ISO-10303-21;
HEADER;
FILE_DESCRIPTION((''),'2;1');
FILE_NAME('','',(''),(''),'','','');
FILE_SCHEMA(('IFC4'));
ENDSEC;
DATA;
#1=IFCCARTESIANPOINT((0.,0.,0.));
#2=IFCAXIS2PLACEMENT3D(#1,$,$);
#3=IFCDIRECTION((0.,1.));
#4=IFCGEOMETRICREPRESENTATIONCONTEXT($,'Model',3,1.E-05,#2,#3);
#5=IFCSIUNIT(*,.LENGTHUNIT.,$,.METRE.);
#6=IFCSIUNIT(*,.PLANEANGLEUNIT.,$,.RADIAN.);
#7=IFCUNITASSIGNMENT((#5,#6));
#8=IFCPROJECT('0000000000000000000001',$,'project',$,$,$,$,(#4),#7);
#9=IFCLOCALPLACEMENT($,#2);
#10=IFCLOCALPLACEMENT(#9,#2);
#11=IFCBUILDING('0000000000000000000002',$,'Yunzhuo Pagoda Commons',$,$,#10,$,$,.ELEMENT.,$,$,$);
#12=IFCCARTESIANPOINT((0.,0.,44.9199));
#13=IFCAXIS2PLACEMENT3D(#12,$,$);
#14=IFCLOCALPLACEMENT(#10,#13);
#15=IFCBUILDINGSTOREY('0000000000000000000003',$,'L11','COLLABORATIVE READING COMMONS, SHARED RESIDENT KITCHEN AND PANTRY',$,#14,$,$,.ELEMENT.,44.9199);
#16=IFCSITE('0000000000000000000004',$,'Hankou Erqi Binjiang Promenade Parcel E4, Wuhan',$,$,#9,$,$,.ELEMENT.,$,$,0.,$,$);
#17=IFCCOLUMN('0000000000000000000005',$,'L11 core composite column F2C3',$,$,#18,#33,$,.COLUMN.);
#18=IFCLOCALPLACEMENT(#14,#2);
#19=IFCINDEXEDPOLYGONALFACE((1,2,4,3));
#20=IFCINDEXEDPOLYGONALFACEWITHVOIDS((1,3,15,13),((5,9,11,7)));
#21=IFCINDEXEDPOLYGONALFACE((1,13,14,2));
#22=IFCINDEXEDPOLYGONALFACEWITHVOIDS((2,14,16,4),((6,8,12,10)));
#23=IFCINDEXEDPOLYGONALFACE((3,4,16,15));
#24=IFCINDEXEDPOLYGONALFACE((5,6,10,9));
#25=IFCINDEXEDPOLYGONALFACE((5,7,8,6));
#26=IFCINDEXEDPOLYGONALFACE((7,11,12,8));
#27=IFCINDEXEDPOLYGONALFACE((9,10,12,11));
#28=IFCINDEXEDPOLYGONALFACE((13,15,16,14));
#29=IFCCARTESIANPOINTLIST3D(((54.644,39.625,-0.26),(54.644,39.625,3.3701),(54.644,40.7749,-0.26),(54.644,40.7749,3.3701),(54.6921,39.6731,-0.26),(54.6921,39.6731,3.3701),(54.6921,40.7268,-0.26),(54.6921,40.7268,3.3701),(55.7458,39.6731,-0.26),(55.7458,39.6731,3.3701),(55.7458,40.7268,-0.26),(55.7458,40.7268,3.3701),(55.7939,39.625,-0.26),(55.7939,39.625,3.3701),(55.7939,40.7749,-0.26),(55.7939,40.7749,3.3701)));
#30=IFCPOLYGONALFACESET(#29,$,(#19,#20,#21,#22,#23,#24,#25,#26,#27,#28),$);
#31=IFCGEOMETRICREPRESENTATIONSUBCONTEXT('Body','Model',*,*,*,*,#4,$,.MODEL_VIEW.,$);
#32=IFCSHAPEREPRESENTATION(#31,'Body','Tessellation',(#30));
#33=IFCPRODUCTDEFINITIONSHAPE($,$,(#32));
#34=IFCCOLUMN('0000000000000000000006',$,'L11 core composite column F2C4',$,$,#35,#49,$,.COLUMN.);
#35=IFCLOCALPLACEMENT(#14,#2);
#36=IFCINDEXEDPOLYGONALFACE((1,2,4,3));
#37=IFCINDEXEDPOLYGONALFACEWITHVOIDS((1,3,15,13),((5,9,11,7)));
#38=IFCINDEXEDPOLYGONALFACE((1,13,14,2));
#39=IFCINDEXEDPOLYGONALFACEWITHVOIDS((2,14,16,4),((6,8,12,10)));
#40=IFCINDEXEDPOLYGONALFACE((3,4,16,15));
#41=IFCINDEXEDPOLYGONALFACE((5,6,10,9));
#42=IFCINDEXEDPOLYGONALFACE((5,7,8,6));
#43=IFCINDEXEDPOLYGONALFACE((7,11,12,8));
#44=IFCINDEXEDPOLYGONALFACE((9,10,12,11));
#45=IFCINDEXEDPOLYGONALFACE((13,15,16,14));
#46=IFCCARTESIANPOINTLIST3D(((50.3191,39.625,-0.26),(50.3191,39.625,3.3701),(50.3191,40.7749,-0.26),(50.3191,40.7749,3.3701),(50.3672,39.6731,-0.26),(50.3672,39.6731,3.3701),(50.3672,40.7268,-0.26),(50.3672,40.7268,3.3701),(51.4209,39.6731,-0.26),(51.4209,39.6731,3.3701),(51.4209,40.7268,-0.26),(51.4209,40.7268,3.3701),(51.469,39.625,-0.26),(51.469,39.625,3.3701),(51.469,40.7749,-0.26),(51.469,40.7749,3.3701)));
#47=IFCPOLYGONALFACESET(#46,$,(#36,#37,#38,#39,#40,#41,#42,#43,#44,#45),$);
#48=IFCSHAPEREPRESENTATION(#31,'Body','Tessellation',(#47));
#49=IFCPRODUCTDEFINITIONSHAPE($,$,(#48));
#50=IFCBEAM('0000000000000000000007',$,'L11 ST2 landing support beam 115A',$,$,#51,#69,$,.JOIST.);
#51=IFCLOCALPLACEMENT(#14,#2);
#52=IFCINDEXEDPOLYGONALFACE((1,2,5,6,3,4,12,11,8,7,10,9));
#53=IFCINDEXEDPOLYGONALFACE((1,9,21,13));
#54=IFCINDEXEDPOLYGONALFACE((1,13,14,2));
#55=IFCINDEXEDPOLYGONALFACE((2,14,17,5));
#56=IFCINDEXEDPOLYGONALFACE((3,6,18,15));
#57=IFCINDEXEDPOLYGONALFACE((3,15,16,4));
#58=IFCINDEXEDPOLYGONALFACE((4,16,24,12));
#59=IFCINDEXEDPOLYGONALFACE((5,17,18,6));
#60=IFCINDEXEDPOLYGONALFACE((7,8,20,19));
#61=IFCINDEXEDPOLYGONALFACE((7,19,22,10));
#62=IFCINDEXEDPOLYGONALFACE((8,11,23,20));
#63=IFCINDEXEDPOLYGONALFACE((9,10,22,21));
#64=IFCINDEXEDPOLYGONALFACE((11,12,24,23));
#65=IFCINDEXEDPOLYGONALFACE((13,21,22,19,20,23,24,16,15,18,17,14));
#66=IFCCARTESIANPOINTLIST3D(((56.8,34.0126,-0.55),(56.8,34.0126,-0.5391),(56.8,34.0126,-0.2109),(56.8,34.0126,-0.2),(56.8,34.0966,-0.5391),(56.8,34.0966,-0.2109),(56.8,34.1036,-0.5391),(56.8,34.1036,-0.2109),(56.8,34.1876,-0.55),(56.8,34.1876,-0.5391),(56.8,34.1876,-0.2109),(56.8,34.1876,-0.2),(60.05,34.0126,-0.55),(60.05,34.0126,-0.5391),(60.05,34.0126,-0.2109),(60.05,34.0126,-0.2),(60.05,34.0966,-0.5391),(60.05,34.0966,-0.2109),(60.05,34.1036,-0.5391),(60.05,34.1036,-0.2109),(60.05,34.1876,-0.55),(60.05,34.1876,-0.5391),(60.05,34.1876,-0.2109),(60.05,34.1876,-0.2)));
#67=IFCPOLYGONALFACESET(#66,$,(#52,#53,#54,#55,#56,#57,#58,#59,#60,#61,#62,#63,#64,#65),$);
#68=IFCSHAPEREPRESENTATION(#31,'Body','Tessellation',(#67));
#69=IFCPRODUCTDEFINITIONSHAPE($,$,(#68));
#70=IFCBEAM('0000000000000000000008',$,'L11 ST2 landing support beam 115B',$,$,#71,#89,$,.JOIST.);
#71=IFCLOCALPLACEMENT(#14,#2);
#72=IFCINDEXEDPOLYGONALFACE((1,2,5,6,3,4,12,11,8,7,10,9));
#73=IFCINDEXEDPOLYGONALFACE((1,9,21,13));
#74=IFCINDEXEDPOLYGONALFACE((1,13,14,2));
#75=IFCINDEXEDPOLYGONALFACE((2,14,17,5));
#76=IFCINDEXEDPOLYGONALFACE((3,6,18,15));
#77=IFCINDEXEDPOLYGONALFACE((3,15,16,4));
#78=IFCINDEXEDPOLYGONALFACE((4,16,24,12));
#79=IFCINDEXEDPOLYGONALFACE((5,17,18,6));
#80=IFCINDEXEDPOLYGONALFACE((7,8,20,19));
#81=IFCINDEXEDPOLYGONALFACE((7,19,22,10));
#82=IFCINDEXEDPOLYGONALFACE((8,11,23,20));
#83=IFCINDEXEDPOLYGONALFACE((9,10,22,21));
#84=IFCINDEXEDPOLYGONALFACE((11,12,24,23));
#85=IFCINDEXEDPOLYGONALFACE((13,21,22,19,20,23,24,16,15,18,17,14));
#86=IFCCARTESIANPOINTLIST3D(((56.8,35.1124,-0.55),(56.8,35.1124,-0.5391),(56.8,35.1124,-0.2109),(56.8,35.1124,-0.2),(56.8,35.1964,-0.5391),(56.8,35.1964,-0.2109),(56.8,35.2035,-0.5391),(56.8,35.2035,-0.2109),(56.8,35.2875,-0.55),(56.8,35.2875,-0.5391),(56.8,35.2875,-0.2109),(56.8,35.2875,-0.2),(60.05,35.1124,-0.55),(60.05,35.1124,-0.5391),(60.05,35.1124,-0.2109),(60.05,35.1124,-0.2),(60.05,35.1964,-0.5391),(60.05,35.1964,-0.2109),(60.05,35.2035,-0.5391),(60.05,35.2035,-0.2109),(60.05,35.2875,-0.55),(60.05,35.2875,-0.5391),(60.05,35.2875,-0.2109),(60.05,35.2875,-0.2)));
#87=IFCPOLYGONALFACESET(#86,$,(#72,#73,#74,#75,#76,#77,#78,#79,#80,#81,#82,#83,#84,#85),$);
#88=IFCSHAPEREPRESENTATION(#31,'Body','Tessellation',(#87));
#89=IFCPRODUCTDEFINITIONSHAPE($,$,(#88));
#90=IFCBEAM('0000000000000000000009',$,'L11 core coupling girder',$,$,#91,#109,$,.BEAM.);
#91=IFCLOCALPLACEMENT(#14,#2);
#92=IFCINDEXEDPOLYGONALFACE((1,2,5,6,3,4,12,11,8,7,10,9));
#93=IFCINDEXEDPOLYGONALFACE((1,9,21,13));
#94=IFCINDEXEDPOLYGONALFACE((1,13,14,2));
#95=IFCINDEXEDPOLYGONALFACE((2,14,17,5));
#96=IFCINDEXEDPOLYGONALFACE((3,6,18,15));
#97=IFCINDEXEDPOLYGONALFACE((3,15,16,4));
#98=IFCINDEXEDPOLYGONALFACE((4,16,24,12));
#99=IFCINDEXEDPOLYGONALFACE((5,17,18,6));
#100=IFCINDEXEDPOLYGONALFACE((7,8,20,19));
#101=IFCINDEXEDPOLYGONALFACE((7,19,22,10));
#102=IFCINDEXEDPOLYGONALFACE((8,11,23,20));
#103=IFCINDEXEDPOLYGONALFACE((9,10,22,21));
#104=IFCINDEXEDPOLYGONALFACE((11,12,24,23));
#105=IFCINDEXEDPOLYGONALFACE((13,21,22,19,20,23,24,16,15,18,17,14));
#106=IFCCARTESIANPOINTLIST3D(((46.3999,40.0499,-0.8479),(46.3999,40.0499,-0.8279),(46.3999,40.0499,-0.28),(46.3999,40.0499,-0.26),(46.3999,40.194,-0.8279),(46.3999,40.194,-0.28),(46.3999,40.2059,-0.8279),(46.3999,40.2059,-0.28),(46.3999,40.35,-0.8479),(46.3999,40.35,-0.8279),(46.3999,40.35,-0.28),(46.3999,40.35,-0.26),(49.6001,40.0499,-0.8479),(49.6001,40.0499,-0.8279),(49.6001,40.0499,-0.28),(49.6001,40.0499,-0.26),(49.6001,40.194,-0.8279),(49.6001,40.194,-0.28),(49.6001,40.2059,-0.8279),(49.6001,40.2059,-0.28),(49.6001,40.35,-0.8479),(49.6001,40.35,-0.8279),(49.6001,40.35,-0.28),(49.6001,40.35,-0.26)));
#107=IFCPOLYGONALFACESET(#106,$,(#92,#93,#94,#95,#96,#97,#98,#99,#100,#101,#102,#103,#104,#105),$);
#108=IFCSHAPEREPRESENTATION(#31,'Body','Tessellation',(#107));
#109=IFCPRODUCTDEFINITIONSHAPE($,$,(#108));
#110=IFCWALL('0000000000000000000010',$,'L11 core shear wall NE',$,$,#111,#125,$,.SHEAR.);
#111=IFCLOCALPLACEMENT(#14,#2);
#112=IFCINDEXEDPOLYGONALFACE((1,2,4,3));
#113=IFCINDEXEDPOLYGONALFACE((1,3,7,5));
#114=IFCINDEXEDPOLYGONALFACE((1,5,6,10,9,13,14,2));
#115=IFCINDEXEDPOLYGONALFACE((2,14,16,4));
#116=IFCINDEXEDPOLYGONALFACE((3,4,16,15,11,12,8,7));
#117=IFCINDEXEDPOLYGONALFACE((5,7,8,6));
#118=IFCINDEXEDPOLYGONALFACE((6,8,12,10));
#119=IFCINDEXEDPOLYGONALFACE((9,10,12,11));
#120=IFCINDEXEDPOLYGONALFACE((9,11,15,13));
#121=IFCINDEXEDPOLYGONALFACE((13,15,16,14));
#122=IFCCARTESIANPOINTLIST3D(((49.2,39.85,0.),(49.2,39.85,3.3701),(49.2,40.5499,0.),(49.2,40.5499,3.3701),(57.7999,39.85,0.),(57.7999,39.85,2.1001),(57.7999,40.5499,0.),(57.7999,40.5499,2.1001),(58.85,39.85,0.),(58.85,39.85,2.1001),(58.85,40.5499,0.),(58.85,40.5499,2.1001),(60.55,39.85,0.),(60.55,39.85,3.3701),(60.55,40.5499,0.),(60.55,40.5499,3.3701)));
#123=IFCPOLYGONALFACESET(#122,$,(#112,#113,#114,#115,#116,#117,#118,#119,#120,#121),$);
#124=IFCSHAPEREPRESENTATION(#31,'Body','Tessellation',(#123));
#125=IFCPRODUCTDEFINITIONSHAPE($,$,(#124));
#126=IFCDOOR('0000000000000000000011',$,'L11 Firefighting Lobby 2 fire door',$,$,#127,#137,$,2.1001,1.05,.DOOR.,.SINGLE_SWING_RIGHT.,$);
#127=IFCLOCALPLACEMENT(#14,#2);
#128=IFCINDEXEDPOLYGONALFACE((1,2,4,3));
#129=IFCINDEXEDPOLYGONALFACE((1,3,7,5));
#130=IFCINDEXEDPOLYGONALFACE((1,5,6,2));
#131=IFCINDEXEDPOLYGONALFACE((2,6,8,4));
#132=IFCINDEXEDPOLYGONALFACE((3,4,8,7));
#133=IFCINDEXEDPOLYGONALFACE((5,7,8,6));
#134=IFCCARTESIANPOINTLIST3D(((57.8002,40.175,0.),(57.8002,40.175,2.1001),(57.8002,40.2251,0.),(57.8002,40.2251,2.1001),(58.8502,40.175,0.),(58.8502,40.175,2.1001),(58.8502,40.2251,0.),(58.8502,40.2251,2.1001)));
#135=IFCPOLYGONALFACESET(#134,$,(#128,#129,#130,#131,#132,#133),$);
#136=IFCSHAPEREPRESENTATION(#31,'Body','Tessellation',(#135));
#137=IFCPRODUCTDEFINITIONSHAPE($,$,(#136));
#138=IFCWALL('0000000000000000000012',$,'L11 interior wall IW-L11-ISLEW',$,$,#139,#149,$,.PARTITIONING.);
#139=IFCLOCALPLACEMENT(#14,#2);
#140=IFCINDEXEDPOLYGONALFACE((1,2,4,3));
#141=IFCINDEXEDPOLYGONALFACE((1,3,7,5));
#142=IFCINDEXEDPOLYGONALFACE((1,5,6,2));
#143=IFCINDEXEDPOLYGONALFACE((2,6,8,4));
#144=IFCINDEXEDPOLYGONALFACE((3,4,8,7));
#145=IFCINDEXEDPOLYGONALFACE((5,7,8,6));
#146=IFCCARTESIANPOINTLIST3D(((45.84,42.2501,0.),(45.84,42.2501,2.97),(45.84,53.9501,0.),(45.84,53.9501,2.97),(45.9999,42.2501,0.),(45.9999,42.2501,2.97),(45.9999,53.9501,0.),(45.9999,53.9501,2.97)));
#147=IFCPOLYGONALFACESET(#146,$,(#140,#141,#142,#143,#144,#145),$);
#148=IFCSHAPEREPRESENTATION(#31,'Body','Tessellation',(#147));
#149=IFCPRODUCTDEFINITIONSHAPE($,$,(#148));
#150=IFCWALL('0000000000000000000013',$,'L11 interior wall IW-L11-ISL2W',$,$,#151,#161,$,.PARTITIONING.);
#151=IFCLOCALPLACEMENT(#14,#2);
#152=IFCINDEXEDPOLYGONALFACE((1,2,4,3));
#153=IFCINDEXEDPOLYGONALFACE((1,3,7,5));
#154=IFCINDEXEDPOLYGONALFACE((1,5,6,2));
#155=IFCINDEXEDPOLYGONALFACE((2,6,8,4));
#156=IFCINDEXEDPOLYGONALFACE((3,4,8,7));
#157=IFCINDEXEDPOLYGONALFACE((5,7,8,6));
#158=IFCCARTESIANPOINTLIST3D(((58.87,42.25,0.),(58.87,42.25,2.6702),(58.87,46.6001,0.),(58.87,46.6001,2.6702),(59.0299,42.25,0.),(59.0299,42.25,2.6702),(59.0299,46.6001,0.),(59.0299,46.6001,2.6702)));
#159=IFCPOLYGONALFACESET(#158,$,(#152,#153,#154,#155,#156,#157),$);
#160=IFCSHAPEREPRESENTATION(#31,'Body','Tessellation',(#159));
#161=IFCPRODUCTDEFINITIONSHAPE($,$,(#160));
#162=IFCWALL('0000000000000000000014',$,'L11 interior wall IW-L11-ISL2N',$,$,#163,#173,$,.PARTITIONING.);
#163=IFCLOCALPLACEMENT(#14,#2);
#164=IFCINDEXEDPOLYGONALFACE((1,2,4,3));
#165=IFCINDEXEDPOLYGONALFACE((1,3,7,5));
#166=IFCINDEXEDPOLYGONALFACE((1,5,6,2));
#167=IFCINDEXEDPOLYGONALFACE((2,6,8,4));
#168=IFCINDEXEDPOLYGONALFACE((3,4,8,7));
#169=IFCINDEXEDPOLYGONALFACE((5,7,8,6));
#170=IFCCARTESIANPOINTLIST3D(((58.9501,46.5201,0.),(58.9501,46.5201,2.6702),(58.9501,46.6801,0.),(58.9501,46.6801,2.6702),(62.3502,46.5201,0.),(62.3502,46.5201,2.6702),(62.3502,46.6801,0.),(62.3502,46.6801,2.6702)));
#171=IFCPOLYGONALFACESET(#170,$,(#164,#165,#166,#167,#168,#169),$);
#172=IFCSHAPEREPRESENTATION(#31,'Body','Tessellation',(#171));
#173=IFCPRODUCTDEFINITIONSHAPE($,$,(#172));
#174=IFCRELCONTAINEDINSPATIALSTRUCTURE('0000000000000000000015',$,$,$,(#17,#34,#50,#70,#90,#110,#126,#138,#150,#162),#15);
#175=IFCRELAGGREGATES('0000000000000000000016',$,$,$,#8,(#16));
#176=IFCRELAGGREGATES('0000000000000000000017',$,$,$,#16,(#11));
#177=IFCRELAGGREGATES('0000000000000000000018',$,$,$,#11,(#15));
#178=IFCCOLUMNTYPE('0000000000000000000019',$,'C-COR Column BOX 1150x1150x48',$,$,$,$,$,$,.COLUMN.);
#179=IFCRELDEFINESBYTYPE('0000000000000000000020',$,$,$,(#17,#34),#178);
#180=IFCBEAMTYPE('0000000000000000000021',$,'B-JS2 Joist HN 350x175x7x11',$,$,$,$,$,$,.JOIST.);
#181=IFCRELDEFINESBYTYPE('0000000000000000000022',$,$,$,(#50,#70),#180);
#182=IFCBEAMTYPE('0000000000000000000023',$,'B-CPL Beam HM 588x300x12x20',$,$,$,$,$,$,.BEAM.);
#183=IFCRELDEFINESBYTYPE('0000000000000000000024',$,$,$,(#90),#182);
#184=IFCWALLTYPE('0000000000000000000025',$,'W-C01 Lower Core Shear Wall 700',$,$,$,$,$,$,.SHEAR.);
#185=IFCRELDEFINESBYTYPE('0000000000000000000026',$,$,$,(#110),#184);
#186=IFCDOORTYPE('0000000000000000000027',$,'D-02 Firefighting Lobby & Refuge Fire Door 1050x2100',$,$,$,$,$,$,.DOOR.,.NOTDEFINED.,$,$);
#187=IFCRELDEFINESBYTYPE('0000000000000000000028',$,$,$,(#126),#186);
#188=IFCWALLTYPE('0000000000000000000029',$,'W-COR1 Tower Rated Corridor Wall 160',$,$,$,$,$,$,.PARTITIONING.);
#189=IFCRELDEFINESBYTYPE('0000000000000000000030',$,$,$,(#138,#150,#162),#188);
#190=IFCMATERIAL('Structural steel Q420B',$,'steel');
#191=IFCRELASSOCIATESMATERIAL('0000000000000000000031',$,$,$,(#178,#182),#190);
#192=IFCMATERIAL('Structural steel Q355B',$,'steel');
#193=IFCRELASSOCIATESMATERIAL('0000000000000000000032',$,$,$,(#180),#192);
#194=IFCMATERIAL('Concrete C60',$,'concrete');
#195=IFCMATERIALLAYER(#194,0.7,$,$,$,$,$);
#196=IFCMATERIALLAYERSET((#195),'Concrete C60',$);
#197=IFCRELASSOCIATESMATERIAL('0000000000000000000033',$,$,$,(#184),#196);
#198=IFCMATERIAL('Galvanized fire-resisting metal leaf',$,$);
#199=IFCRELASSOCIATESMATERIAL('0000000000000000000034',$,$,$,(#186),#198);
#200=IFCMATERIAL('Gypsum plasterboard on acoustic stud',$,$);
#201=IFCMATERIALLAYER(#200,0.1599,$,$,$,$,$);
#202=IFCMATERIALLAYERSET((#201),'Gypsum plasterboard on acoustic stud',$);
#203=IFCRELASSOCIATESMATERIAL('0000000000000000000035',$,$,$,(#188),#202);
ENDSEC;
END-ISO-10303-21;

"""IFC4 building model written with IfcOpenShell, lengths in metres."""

from ifc_helpers import new_model, si_unit, direction, frame, frame_2d, origin, origin_2d, place, context, subcontext, project, spatial, rectangle, hollow_rectangle, i_section, extrude, source, transform, mapped, material, layer, layer_set, material_profile, profile_set, type_object, element, fill, save


model = new_model("IFC4")

# Units and contexts
model_context = context("Model", 3, precision=1e-05, world=origin(), true_north=direction((0.0, 1.0)))
body_context = subcontext(model_context, "Body", "Model", "MODEL_VIEW")
ifc_project = project(units=[si_unit("LENGTHUNIT", "METRE"), si_unit("PLANEANGLEUNIT", "RADIAN")], contexts=[model_context])

# Site, building, storey
site_placement = place(None, origin())
site = spatial("IfcSite", under=ifc_project, at=site_placement, Name="Hankou Erqi Binjiang Promenade Parcel E4, Wuhan", CompositionType="ELEMENT", RefElevation=0.0)
building_placement = place(site_placement, origin())
building = spatial("IfcBuilding", under=site, at=building_placement, Name="Yunzhuo Pagoda Commons", CompositionType="ELEMENT")
storey_placement = place(building_placement, frame((0.0, 0.0, 44.9199)))
storey = spatial("IfcBuildingStorey", under=building, at=storey_placement, Name="L11", Description="COLLABORATIVE READING COMMONS, SHARED RESIDENT KITCHEN AND PANTRY", CompositionType="ELEMENT", Elevation=44.9199)

# Columns
ifc_material_1 = material(Name="Structural steel Q420B", Category="steel")
ifc_material_profile_1 = material_profile(ifc_material_1, hollow_rectangle(XDim=1.1499, YDim=1.1499, WallThickness=0.0481, at=origin_2d()), Name="Structural steel Q420B")
ifc_profile_set_1 = profile_set([ifc_material_profile_1], Name="Structural steel Q420B")
column_type = type_object("IfcColumnType", Name="C-COR Column BOX 1150x1150x48", PredefinedType="COLUMN", material=ifc_profile_set_1)
shared_shape_1 = source(origin(), body_context, "Body", "SweptSolid", [
    extrude(hollow_rectangle(XDim=1.1499, YDim=1.1499, WallThickness=0.0481, at=origin_2d()), origin(), (0.0, 0.0, 1.0), 3.6301),
])
for number, where, z_axis, x_axis, name in (
    (1, (55.219, 40.2, -0.26), (0.0, 0.0, 1.0), (1.0, 0.0, 0.0), "L11 core composite column F2C3"),
    (2, (50.894, 40.2, -0.26), (0.0, 0.0, 1.0), (1.0, 0.0, 0.0), "L11 core composite column F2C4"),
):
    element("IfcColumn", number, at=place(storey_placement, frame(where, z_axis=z_axis, x_axis=x_axis)), inside=storey, type_object=column_type, Name=name, PredefinedType="COLUMN", context=body_context, shape_type="MappedRepresentation", body=[
        mapped(shared_shape_1, transform((0.0, 0.0, 0.0), scale=1.0)),
    ])

# Beams
ifc_material_2 = material(Name="Structural steel Q355B", Category="steel")
ifc_material_profile_2 = material_profile(ifc_material_2, i_section(OverallWidth=0.175, OverallDepth=0.3501, WebThickness=0.0071, FlangeThickness=0.011, at=origin_2d()), Name="Structural steel Q355B")
ifc_profile_set_2 = profile_set([ifc_material_profile_2], Name="Structural steel Q355B")
beam_type_1 = type_object("IfcBeamType", Name="B-JS2 Joist HN 350x175x7x11", PredefinedType="JOIST", material=ifc_profile_set_2)
shared_shape_2 = source(origin(), body_context, "Body", "SweptSolid", [
    extrude(i_section(OverallWidth=0.175, OverallDepth=0.3501, WebThickness=0.0071, FlangeThickness=0.011, at=origin_2d()), origin(), (0.0, 0.0, 1.0), 3.25),
])
for number, where, z_axis, x_axis, name in (
    (3, (56.8, 34.1001, -0.375), (1.0, 0.0, 0.0), (0.0, 1.0, 0.0), "L11 ST2 landing support beam 115A"),
    (4, (56.8, 35.2, -0.375), (1.0, 0.0, 0.0), (0.0, 1.0, 0.0), "L11 ST2 landing support beam 115B"),
):
    element("IfcBeam", number, at=place(storey_placement, frame(where, z_axis=z_axis, x_axis=x_axis)), inside=storey, type_object=beam_type_1, Name=name, PredefinedType="JOIST", context=body_context, shape_type="MappedRepresentation", body=[
        mapped(shared_shape_2, transform((0.0, 0.0, 0.0), scale=1.0)),
    ])
ifc_material_profile_3 = material_profile(ifc_material_1, i_section(OverallWidth=0.3, OverallDepth=0.5879, WebThickness=0.012, FlangeThickness=0.02, at=origin_2d()), Name="Structural steel Q420B")
ifc_profile_set_3 = profile_set([ifc_material_profile_3], Name="Structural steel Q420B")
beam_type_2 = type_object("IfcBeamType", Name="B-CPL Beam HM 588x300x12x20", PredefinedType="BEAM", material=ifc_profile_set_3)
shared_shape_3 = source(origin(), body_context, "Body", "SweptSolid", [
    extrude(i_section(OverallWidth=0.3, OverallDepth=0.5879, WebThickness=0.012, FlangeThickness=0.02, at=origin_2d()), origin(), (0.0, 0.0, 1.0), 3.2002),
])
beam_placement = place(storey_placement, frame((46.3999, 40.2, -0.554), z_axis=(1.0, 0.0, 0.0), x_axis=(0.0, 1.0, 0.0)))
element("IfcBeam", 5, at=beam_placement, inside=storey, type_object=beam_type_2, Name="L11 core coupling girder", PredefinedType="BEAM", context=body_context, shape_type="MappedRepresentation", body=[
    mapped(shared_shape_3, transform((0.0, 0.0, 0.0), scale=1.0)),
])

# Wall, opening, door
ifc_material_3 = material(Name="Concrete C60", Category="concrete")
ifc_layer_1 = layer(ifc_material_3, 0.7)
ifc_layer_set_1 = layer_set([ifc_layer_1], Name="Concrete C60")
wall_type_1 = type_object("IfcWallType", Name="W-C01 Lower Core Shear Wall 700", PredefinedType="SHEAR", material=ifc_layer_set_1)
wall_1_placement = place(storey_placement, frame((49.2, 40.2, 0.0), z_axis=(0.0, 0.0, 1.0), x_axis=(1.0, 0.0, 0.0)))
wall_1 = element("IfcWall", 6, at=wall_1_placement, inside=storey, type_object=wall_type_1, Name="L11 core shear wall NE", PredefinedType="SHEAR", context=body_context, shape_type="SweptSolid", body=[
    extrude(rectangle(XDim=11.3501, YDim=0.7, at=frame_2d((5.675, 0.0))), origin(), (0.0, 0.0, 1.0), 3.3701),
])
opening_1_placement = place(wall_1_placement, frame((8.6001, 0.0, 0.0)))
opening_1 = element("IfcOpeningElement", 7, at=opening_1_placement, cuts=wall_1, PredefinedType="OPENING", context=body_context, shape_type="SweptSolid", body=[
    extrude(rectangle(XDim=1.05, YDim=2.1001, at=frame_2d((0.5249, 1.05))), frame((0.0, 0.3599, 0.0), z_axis=(0.0, -1.0, 0.0), x_axis=(1.0, 0.0, 0.0)), (0.0, 0.0, 1.0), 0.72),
])
ifc_material_4 = material(Name="Galvanized fire-resisting metal leaf")
door_type_1 = type_object("IfcDoorType", Name="D-02 Firefighting Lobby & Refuge Fire Door 1050x2100", OperationType="NOTDEFINED", PredefinedType="DOOR", material=ifc_material_4)
shared_shape_4 = source(origin(), body_context, "Body", "SweptSolid", [
    extrude(rectangle(XDim=1.05, YDim=2.1001, at=frame_2d((0.5249, 1.05))), frame((0.0, 0.0249, 0.0), z_axis=(0.0, -1.0, 0.0), x_axis=(1.0, 0.0, 0.0)), (0.0, 0.0, 1.0), 0.05),
])
door_1_placement = place(opening_1_placement, frame((1.05, 0.0, 0.0), z_axis=(0.0, 0.0, 1.0), x_axis=(-1.0, 0.0, 0.0)))
door_1 = element("IfcDoor", 8, at=door_1_placement, inside=storey, type_object=door_type_1, Name="L11 Firefighting Lobby 2 fire door", OperationType="SINGLE_SWING_RIGHT", OverallHeight=2.1001, OverallWidth=1.05, PredefinedType="DOOR", context=body_context, shape_type="MappedRepresentation", body=[
    mapped(shared_shape_4, transform((0.0, 0.0, 0.0), scale=1.0)),
])
fill(opening_1, door_1)

# Walls
ifc_material_5 = material(Name="Gypsum plasterboard on acoustic stud")
ifc_layer_2 = layer(ifc_material_5, 0.1599)
ifc_layer_set_2 = layer_set([ifc_layer_2], Name="Gypsum plasterboard on acoustic stud")
wall_type_2 = type_object("IfcWallType", Name="W-COR1 Tower Rated Corridor Wall 160", PredefinedType="PARTITIONING", material=ifc_layer_set_2)
wall_2_placement = place(storey_placement, frame((45.9199, 42.25, 0.0), z_axis=(0.0, 0.0, 1.0), x_axis=(0.0, 1.0, 0.0)))
element("IfcWall", 9, at=wall_2_placement, inside=storey, type_object=wall_type_2, Name="L11 interior wall IW-L11-ISLEW", PredefinedType="PARTITIONING", context=body_context, shape_type="SweptSolid", body=[
    extrude(rectangle(XDim=11.7, YDim=0.1599, at=frame_2d((5.8501, 0.0))), origin(), (0.0, 0.0, 1.0), 2.97),
])
wall_3_placement = place(storey_placement, frame((58.95, 42.25, 0.0), z_axis=(0.0, 0.0, 1.0), x_axis=(0.0, 1.0, 0.0)))
element("IfcWall", 10, at=wall_3_placement, inside=storey, type_object=wall_type_2, Name="L11 interior wall IW-L11-ISL2W", PredefinedType="PARTITIONING", context=body_context, shape_type="SweptSolid", body=[
    extrude(rectangle(XDim=4.3501, YDim=0.1599, at=frame_2d((2.175, 0.0))), origin(), (0.0, 0.0, 1.0), 2.6702),
])
wall_4_placement = place(storey_placement, frame((58.95, 46.6001, 0.0), z_axis=(0.0, 0.0, 1.0), x_axis=(1.0, 0.0, 0.0)))
element("IfcWall", 11, at=wall_4_placement, inside=storey, type_object=wall_type_2, Name="L11 interior wall IW-L11-ISL2N", PredefinedType="PARTITIONING", context=body_context, shape_type="SweptSolid", body=[
    extrude(rectangle(XDim=3.4001, YDim=0.1599, at=frame_2d((1.7002, 0.0))), origin(), (0.0, 0.0, 1.0), 2.6702),
])

save(model, "model.ifc")
